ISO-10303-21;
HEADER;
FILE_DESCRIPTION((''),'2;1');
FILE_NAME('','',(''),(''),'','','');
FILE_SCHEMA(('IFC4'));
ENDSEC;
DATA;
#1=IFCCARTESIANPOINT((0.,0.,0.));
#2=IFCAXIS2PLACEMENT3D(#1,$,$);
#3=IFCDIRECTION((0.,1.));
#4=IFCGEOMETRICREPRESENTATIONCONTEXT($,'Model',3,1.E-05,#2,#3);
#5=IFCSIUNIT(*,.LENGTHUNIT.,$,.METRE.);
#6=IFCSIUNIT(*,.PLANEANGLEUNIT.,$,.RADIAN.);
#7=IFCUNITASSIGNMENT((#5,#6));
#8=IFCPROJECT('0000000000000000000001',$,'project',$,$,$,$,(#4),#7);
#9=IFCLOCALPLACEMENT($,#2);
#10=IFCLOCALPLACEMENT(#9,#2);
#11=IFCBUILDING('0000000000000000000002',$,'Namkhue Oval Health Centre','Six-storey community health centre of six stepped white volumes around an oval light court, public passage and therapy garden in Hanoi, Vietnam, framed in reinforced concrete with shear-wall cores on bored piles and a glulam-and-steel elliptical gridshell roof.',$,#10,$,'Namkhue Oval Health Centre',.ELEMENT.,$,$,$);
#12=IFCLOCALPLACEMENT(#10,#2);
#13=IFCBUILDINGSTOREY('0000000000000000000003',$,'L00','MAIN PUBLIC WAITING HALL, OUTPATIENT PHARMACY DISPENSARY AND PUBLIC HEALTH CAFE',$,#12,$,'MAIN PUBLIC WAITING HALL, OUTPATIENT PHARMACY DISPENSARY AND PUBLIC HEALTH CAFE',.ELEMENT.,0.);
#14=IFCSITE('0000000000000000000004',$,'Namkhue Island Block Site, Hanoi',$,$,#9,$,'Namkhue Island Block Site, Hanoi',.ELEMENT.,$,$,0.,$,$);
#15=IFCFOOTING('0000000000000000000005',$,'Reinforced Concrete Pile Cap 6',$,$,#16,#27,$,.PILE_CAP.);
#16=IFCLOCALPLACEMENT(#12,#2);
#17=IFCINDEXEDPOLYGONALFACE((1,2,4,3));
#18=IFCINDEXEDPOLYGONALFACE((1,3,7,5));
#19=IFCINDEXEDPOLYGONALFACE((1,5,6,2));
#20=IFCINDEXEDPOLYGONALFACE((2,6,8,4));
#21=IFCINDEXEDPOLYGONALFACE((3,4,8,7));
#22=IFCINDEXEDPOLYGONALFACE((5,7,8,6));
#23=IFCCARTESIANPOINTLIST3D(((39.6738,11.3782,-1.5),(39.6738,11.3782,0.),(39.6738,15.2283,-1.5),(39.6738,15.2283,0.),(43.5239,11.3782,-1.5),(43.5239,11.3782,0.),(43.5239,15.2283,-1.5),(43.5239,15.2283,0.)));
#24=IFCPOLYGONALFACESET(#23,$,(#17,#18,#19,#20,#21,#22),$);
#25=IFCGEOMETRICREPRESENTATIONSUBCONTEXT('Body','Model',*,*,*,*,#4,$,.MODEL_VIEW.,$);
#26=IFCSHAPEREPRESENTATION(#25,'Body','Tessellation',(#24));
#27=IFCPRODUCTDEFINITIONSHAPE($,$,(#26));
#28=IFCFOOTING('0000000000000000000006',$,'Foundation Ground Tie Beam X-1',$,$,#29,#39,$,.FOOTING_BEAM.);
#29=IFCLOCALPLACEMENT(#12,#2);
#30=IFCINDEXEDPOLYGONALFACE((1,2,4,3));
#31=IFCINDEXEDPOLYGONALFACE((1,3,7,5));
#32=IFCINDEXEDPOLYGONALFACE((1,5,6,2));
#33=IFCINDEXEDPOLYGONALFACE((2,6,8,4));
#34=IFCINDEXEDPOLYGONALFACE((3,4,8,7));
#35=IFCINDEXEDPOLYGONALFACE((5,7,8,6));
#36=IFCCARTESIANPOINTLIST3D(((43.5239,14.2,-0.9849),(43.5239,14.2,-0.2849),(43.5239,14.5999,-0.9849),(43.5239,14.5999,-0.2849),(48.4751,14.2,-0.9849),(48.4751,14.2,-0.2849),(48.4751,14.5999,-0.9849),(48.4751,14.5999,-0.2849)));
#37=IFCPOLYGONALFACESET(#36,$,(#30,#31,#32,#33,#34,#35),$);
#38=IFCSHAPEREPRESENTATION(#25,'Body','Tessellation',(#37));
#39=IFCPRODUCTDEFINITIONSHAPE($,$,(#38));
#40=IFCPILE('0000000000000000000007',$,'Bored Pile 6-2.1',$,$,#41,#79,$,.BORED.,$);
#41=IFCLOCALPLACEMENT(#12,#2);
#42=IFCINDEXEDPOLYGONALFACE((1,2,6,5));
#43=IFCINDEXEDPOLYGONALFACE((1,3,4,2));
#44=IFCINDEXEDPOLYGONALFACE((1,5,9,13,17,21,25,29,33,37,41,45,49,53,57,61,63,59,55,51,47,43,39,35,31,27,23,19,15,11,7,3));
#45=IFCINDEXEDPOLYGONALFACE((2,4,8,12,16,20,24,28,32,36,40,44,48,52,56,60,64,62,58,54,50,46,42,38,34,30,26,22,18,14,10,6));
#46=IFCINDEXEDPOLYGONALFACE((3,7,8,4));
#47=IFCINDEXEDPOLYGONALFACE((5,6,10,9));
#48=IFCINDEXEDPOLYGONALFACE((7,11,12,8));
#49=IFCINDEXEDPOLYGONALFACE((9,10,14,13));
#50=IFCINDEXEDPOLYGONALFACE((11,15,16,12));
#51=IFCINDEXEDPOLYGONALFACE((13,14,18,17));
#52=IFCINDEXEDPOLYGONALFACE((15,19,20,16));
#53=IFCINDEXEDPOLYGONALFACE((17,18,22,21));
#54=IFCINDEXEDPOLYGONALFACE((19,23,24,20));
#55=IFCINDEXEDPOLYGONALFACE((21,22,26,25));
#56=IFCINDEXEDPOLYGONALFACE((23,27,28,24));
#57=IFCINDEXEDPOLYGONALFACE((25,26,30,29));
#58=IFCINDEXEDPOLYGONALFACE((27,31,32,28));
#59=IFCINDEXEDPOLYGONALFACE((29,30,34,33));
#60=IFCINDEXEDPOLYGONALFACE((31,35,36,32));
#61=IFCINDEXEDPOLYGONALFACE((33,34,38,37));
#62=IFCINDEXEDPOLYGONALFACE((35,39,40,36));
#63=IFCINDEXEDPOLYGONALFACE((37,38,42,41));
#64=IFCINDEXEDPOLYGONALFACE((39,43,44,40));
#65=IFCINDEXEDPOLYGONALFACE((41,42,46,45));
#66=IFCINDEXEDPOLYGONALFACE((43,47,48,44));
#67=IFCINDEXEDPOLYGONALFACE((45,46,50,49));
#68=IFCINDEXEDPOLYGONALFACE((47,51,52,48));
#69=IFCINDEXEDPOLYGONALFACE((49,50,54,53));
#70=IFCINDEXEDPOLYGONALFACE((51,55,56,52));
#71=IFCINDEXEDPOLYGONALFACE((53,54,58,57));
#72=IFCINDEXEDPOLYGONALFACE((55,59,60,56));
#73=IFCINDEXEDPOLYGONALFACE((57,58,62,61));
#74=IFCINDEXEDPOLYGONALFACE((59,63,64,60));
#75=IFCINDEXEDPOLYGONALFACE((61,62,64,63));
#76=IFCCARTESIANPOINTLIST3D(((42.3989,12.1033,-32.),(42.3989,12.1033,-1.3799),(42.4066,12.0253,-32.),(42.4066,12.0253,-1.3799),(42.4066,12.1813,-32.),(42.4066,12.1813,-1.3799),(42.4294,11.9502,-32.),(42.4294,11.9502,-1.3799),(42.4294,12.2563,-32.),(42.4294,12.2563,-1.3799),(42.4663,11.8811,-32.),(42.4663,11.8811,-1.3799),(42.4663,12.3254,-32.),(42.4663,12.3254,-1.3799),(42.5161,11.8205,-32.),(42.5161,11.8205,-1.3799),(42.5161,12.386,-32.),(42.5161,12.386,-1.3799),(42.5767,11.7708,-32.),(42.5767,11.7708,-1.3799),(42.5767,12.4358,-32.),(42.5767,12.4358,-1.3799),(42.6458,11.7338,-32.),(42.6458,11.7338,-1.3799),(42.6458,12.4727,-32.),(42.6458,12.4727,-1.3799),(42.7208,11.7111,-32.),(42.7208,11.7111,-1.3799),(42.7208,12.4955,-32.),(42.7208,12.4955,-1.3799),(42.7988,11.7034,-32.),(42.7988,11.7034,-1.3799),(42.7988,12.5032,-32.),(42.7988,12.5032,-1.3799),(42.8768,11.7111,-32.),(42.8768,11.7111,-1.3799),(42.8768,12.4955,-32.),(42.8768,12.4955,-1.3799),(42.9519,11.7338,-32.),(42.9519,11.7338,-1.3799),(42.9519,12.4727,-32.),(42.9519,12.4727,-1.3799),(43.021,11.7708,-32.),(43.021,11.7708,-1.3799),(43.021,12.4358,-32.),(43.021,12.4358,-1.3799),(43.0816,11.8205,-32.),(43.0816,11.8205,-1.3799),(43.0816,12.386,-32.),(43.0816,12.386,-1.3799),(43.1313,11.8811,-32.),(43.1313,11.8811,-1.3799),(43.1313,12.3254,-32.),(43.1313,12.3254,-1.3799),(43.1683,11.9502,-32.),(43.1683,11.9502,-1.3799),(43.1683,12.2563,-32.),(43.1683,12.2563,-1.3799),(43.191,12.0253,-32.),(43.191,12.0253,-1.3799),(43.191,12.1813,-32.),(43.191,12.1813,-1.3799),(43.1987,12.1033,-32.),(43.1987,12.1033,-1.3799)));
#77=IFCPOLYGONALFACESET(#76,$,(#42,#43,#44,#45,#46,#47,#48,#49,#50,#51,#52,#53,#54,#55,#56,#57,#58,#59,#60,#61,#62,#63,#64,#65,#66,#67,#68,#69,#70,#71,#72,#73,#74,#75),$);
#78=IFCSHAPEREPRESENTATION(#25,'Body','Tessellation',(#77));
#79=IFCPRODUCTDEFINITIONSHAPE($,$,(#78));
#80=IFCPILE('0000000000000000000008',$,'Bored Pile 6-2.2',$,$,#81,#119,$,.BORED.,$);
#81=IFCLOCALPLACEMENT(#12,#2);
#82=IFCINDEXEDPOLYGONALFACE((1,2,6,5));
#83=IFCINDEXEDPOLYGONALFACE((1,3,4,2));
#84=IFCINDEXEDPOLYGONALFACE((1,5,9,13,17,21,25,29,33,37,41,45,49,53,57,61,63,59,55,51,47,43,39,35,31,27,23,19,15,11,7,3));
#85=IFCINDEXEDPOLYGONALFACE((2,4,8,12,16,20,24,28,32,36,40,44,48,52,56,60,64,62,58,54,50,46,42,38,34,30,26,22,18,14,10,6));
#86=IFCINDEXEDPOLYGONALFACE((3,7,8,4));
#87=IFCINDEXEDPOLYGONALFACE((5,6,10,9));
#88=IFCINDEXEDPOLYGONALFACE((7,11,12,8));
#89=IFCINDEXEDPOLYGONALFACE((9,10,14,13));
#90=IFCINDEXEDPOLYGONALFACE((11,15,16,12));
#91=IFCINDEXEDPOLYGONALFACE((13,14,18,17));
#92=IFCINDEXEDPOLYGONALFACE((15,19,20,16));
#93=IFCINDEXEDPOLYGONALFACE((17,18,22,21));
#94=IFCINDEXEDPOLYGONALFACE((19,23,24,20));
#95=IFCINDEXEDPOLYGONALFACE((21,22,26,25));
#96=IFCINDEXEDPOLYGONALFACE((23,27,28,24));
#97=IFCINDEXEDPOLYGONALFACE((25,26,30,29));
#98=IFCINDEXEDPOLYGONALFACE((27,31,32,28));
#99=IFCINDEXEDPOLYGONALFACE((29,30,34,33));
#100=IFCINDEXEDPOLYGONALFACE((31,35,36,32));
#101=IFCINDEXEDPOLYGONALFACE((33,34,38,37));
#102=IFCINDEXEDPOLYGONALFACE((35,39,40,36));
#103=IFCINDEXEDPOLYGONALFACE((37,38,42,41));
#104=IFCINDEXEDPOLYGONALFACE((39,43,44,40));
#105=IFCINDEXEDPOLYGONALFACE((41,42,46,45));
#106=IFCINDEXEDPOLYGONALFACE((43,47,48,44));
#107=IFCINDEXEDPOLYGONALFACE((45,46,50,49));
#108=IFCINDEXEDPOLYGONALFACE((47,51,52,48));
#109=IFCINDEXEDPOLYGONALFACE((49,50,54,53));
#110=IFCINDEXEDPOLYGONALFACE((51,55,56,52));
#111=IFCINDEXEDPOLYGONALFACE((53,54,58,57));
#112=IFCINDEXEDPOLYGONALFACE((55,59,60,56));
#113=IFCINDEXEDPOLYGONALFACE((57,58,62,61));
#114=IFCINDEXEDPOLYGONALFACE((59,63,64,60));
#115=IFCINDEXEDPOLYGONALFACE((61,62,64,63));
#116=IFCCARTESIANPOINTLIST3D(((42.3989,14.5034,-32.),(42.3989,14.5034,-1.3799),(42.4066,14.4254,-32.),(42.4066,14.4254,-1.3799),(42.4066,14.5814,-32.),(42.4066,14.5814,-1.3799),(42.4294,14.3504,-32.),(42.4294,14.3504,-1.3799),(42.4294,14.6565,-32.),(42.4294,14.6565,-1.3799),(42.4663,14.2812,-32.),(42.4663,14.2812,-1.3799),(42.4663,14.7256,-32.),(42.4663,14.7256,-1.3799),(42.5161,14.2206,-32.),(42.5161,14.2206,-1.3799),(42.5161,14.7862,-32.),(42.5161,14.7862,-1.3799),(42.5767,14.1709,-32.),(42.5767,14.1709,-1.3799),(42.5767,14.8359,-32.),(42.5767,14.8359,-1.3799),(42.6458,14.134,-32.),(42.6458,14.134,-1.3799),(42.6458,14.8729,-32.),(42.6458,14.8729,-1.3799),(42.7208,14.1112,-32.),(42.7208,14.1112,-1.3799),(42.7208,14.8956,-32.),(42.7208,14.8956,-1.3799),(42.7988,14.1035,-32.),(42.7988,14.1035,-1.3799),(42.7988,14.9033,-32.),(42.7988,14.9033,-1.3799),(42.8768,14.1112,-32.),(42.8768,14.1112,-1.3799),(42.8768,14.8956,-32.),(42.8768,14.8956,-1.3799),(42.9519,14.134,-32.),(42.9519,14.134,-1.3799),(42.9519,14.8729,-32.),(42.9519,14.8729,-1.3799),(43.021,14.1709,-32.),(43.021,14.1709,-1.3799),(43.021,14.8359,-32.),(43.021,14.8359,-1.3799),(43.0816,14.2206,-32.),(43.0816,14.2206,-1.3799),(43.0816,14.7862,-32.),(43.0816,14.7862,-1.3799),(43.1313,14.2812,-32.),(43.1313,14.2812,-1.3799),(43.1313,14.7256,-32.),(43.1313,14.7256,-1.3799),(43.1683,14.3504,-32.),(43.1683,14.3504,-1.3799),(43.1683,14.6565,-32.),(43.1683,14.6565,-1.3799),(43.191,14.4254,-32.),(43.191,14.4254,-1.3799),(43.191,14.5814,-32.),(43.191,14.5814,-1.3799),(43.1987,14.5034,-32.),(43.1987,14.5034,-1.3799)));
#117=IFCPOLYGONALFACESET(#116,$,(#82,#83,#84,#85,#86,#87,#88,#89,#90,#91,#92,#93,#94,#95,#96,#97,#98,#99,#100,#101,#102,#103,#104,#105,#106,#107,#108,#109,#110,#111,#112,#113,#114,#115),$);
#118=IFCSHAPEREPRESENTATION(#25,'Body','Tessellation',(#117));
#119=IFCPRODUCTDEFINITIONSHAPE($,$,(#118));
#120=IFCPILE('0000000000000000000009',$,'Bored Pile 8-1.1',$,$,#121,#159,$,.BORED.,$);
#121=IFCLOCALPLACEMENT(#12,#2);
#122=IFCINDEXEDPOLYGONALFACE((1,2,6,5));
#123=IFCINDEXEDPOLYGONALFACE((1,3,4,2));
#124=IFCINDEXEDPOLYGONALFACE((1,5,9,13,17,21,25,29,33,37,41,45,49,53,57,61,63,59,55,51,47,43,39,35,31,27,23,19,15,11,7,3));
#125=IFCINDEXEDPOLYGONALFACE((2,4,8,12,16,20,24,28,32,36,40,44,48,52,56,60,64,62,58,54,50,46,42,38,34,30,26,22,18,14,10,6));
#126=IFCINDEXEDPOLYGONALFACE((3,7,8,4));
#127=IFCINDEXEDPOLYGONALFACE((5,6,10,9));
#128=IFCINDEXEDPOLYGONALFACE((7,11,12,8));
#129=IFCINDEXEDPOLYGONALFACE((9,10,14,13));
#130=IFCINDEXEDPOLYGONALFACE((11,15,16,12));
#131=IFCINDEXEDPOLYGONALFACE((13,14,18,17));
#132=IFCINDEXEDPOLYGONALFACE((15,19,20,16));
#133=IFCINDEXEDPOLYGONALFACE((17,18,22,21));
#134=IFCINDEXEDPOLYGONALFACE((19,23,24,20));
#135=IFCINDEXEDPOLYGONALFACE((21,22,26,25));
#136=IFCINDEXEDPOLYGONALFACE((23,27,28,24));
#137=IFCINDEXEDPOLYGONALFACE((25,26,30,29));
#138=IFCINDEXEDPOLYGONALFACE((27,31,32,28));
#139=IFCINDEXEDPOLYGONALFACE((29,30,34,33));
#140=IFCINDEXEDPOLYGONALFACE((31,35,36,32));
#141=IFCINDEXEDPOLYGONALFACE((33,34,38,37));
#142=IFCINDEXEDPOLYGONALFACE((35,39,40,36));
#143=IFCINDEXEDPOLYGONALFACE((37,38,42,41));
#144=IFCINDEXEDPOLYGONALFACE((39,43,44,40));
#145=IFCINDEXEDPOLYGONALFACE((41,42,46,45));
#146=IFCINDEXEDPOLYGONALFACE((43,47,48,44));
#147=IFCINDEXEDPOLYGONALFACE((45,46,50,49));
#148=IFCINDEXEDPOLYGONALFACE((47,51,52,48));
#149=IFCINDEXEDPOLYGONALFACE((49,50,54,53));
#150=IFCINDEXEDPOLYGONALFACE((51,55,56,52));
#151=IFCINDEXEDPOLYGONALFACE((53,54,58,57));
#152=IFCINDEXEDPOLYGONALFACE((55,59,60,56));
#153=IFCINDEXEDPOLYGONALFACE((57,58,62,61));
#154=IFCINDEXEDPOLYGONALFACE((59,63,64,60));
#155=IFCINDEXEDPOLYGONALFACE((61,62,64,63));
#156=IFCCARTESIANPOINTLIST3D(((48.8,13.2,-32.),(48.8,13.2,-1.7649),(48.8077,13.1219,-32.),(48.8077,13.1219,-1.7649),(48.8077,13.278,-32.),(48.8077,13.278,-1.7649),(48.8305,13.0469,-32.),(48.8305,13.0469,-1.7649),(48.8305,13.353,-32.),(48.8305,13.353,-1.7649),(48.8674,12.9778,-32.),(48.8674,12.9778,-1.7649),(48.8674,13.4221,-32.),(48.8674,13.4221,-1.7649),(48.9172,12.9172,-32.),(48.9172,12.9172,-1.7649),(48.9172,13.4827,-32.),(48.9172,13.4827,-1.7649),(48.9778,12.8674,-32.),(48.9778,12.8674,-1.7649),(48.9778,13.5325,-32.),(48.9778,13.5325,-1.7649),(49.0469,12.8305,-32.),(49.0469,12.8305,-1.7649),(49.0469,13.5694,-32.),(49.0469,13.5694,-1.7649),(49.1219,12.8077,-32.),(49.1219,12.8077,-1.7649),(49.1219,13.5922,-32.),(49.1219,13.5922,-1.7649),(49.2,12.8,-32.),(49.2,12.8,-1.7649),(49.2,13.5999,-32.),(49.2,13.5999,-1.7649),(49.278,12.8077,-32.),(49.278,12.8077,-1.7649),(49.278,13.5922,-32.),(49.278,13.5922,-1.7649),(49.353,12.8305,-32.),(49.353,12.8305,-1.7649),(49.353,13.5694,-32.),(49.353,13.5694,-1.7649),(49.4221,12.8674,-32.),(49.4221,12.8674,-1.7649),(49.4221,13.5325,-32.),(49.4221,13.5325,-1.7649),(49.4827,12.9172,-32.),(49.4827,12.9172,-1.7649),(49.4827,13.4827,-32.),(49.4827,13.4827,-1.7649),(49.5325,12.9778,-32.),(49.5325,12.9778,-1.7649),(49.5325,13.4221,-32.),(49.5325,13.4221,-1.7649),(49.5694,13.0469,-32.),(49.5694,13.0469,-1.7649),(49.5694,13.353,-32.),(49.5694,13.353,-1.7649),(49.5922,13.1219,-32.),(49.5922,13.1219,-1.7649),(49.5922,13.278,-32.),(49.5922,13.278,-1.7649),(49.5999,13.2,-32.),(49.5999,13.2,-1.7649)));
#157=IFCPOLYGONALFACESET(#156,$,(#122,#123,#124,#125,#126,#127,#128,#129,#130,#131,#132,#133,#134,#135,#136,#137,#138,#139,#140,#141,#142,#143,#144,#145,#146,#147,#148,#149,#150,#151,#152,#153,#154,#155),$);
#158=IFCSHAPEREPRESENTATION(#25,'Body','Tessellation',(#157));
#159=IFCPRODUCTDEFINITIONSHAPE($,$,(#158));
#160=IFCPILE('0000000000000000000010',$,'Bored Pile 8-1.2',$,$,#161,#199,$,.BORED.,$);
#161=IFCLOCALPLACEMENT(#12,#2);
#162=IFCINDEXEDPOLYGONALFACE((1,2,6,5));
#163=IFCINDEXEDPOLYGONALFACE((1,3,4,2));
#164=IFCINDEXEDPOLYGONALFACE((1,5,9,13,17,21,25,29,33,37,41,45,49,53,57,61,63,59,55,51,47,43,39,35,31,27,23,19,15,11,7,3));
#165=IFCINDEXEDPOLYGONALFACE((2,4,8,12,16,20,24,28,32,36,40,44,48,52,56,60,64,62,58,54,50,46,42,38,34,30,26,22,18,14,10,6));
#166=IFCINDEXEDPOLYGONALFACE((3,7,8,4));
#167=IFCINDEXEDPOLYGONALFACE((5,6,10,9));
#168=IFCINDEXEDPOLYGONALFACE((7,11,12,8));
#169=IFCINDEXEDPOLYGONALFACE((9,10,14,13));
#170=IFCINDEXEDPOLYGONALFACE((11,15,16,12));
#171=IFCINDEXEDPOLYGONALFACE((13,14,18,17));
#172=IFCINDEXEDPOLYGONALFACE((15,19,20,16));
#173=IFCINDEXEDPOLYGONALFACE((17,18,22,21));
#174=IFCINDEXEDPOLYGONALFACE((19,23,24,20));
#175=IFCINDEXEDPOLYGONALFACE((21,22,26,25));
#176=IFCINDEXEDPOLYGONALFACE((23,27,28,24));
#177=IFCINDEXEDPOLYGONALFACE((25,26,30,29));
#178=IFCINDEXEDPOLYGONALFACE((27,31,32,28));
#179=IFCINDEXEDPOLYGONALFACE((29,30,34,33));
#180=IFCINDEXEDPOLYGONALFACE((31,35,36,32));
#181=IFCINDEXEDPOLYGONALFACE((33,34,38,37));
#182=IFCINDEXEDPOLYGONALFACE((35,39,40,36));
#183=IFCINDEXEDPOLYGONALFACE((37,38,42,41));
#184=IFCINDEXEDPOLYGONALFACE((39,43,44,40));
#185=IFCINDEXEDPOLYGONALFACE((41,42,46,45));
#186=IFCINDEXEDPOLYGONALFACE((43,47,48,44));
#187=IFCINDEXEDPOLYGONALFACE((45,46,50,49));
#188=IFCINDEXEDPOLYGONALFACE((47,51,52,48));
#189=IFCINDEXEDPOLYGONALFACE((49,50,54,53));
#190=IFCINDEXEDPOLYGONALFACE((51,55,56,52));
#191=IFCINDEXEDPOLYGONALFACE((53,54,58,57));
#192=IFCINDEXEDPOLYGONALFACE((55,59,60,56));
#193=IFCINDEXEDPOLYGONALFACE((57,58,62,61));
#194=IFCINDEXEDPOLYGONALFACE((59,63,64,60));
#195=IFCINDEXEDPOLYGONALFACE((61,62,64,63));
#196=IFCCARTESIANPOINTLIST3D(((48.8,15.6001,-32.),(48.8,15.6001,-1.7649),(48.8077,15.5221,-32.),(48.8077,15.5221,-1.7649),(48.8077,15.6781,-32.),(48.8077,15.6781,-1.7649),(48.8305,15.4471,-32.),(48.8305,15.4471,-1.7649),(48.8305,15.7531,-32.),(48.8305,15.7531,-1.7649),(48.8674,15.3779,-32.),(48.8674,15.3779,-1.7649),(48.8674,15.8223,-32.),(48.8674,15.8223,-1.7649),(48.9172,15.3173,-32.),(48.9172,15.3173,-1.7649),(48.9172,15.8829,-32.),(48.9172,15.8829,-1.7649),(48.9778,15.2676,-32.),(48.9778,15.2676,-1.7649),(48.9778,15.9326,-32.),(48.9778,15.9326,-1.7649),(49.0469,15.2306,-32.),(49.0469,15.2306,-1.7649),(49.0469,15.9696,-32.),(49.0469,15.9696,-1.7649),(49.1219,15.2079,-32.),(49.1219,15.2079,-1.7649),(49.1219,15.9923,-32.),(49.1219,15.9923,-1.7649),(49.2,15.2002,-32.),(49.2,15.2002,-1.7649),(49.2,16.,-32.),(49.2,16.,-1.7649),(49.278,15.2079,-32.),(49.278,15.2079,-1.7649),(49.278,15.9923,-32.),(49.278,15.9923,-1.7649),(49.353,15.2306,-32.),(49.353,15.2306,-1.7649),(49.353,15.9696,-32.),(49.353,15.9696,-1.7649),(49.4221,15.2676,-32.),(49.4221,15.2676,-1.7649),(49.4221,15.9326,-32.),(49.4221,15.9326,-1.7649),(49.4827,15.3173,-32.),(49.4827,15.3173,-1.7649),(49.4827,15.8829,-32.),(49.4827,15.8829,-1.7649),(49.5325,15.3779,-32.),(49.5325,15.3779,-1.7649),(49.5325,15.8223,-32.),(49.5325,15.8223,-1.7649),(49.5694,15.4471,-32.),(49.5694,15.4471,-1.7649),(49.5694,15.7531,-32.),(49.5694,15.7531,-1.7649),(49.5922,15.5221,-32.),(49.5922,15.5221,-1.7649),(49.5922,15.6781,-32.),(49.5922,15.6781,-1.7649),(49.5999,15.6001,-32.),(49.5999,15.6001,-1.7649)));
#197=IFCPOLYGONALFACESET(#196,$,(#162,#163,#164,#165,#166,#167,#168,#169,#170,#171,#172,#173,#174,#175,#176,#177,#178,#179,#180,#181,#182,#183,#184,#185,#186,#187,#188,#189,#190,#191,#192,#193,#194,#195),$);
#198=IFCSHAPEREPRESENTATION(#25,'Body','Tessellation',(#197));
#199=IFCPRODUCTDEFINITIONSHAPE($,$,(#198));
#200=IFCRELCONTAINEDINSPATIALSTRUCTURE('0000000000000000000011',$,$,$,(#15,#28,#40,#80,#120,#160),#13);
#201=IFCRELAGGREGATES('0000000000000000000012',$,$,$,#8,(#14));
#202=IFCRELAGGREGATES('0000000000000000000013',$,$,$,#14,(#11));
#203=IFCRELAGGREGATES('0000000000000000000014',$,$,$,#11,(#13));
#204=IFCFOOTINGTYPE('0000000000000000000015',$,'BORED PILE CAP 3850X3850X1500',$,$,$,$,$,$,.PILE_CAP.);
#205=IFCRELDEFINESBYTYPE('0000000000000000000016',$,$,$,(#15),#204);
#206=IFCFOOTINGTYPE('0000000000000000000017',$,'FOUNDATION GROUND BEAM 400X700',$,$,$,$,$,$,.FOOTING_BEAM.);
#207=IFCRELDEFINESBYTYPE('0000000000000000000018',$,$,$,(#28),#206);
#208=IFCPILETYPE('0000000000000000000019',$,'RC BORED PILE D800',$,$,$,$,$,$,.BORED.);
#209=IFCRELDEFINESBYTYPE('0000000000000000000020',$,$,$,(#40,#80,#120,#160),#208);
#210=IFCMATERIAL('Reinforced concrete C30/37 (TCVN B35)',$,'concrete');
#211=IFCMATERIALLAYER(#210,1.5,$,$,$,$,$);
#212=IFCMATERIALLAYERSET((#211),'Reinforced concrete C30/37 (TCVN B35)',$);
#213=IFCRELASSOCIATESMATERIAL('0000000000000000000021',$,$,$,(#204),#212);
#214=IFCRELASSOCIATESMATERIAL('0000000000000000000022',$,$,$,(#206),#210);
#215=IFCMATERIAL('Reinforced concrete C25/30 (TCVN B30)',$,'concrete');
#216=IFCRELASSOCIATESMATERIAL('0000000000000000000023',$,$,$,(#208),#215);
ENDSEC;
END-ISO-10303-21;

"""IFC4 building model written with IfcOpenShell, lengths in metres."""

from ifc_helpers import new_model, si_unit, direction, frame, origin, origin_2d, place, context, subcontext, project, spatial, rectangle, circle, extrude, material, layer, layer_set, material_profile, profile_set, type_object, element, save


model = new_model("IFC4")

# Units and contexts
model_context = context("Model", 3, precision=1e-05, world=origin(), true_north=direction((0.0, 1.0)))
body_context = subcontext(model_context, "Body", "Model", "MODEL_VIEW")
ifc_project = project(units=[si_unit("LENGTHUNIT", "METRE"), si_unit("PLANEANGLEUNIT", "RADIAN")], contexts=[model_context])

# Site, building, storey
site_placement = place(None, origin())
site = spatial("IfcSite", under=ifc_project, at=site_placement, Name="Namkhue Island Block Site, Hanoi", LongName="Namkhue Island Block Site, Hanoi", CompositionType="ELEMENT", RefElevation=0.0)
building_placement = place(site_placement, origin())
building = spatial("IfcBuilding", under=site, at=building_placement, Name="Namkhue Oval Health Centre", Description="Six-storey community health centre of six stepped white volumes around an oval light court, public passage and therapy garden in Hanoi, Vietnam, framed in reinforced concrete with shear-wall cores on bored piles and a glulam-and-steel elliptical gridshell roof.", LongName="Namkhue Oval Health Centre", CompositionType="ELEMENT")
storey_placement = place(building_placement, origin())
storey = spatial("IfcBuildingStorey", under=building, at=storey_placement, Name="L00", Description="MAIN PUBLIC WAITING HALL, OUTPATIENT PHARMACY DISPENSARY AND PUBLIC HEALTH CAFE", LongName="MAIN PUBLIC WAITING HALL, OUTPATIENT PHARMACY DISPENSARY AND PUBLIC HEALTH CAFE", CompositionType="ELEMENT", Elevation=0.0)

# Footings
ifc_material_1 = material(Name="Reinforced concrete C30/37 (TCVN B35)", Category="concrete")
ifc_layer_1 = layer(ifc_material_1, 1.5)
ifc_layer_set_1 = layer_set([ifc_layer_1], Name="Reinforced concrete C30/37 (TCVN B35)")
footing_type_1 = type_object("IfcFootingType", Name="BORED PILE CAP 3850X3850X1500", PredefinedType="PILE_CAP", material=ifc_layer_set_1)
footing_1_placement = place(storey_placement, frame((41.5989, 13.3032, -1.5), z_axis=(0.0, 0.0, 1.0), x_axis=(1.0, 0.0, 0.0)))
element("IfcFooting", 1, at=footing_1_placement, inside=storey, type_object=footing_type_1, Name="Reinforced Concrete Pile Cap 6", PredefinedType="PILE_CAP", context=body_context, shape_type="SweptSolid", body=[
    extrude(rectangle(XDim=3.8501, YDim=3.8501, at=origin_2d()), origin(), (0.0, 0.0, 1.0), 1.5),
])
footing_type_2 = type_object("IfcFootingType", Name="FOUNDATION GROUND BEAM 400X700", PredefinedType="FOOTING_BEAM", material=ifc_material_1)
footing_2_placement = place(storey_placement, frame((45.9995, 14.3999, -0.9849), z_axis=(0.0, 0.0, 1.0), x_axis=(1.0, 0.0, 0.0)))
element("IfcFooting", 2, at=footing_2_placement, inside=storey, type_object=footing_type_2, Name="Foundation Ground Tie Beam X-1", PredefinedType="FOOTING_BEAM", context=body_context, shape_type="SweptSolid", body=[
    extrude(rectangle(XDim=4.9512, YDim=0.3999, at=origin_2d()), origin(), (0.0, 0.0, 1.0), 0.7),
])

# Piles
ifc_material_2 = material(Name="Reinforced concrete C25/30 (TCVN B30)", Category="concrete")
ifc_material_profile_1 = material_profile(ifc_material_2, circle(Radius=0.3999, at=origin_2d()), Name="BORED PILE D800")
ifc_profile_set_1 = profile_set([ifc_material_profile_1], Name="Reinforced concrete C25/30 (TCVN B30)")
pile_type = type_object("IfcPileType", Name="RC BORED PILE D800", PredefinedType="BORED", material=ifc_profile_set_1)
for number, where, z_axis, x_axis, name in (
    (3, (42.7988, 12.1033, -1.3799), (0.0, 0.0, -1.0), (1.0, 0.0, 0.0), "Bored Pile 6-2.1"),
    (4, (42.7988, 14.5034, -1.3799), (0.0, 0.0, -1.0), (1.0, 0.0, 0.0), "Bored Pile 6-2.2"),
):
    element("IfcPile", number, at=place(storey_placement, frame(where, z_axis=z_axis, x_axis=x_axis)), inside=storey, type_object=pile_type, Name=name, PredefinedType="BORED", context=body_context, shape_type="SweptSolid", body=[
        extrude(circle(Radius=0.3999, at=origin_2d()), origin(), (0.0, 0.0, 1.0), 30.6201),
    ])
for number, where, z_axis, x_axis, name in (
    (5, (49.2, 13.2, -1.7649), (0.0, 0.0, -1.0), (1.0, 0.0, 0.0), "Bored Pile 8-1.1"),
    (6, (49.2, 15.6001, -1.7649), (0.0, 0.0, -1.0), (1.0, 0.0, 0.0), "Bored Pile 8-1.2"),
):
    element("IfcPile", number, at=place(storey_placement, frame(where, z_axis=z_axis, x_axis=x_axis)), inside=storey, type_object=pile_type, Name=name, PredefinedType="BORED", context=body_context, shape_type="SweptSolid", body=[
        extrude(circle(Radius=0.3999, at=origin_2d()), origin(), (0.0, 0.0, 1.0), 30.2351),
    ])

save(model, "model.ifc")
